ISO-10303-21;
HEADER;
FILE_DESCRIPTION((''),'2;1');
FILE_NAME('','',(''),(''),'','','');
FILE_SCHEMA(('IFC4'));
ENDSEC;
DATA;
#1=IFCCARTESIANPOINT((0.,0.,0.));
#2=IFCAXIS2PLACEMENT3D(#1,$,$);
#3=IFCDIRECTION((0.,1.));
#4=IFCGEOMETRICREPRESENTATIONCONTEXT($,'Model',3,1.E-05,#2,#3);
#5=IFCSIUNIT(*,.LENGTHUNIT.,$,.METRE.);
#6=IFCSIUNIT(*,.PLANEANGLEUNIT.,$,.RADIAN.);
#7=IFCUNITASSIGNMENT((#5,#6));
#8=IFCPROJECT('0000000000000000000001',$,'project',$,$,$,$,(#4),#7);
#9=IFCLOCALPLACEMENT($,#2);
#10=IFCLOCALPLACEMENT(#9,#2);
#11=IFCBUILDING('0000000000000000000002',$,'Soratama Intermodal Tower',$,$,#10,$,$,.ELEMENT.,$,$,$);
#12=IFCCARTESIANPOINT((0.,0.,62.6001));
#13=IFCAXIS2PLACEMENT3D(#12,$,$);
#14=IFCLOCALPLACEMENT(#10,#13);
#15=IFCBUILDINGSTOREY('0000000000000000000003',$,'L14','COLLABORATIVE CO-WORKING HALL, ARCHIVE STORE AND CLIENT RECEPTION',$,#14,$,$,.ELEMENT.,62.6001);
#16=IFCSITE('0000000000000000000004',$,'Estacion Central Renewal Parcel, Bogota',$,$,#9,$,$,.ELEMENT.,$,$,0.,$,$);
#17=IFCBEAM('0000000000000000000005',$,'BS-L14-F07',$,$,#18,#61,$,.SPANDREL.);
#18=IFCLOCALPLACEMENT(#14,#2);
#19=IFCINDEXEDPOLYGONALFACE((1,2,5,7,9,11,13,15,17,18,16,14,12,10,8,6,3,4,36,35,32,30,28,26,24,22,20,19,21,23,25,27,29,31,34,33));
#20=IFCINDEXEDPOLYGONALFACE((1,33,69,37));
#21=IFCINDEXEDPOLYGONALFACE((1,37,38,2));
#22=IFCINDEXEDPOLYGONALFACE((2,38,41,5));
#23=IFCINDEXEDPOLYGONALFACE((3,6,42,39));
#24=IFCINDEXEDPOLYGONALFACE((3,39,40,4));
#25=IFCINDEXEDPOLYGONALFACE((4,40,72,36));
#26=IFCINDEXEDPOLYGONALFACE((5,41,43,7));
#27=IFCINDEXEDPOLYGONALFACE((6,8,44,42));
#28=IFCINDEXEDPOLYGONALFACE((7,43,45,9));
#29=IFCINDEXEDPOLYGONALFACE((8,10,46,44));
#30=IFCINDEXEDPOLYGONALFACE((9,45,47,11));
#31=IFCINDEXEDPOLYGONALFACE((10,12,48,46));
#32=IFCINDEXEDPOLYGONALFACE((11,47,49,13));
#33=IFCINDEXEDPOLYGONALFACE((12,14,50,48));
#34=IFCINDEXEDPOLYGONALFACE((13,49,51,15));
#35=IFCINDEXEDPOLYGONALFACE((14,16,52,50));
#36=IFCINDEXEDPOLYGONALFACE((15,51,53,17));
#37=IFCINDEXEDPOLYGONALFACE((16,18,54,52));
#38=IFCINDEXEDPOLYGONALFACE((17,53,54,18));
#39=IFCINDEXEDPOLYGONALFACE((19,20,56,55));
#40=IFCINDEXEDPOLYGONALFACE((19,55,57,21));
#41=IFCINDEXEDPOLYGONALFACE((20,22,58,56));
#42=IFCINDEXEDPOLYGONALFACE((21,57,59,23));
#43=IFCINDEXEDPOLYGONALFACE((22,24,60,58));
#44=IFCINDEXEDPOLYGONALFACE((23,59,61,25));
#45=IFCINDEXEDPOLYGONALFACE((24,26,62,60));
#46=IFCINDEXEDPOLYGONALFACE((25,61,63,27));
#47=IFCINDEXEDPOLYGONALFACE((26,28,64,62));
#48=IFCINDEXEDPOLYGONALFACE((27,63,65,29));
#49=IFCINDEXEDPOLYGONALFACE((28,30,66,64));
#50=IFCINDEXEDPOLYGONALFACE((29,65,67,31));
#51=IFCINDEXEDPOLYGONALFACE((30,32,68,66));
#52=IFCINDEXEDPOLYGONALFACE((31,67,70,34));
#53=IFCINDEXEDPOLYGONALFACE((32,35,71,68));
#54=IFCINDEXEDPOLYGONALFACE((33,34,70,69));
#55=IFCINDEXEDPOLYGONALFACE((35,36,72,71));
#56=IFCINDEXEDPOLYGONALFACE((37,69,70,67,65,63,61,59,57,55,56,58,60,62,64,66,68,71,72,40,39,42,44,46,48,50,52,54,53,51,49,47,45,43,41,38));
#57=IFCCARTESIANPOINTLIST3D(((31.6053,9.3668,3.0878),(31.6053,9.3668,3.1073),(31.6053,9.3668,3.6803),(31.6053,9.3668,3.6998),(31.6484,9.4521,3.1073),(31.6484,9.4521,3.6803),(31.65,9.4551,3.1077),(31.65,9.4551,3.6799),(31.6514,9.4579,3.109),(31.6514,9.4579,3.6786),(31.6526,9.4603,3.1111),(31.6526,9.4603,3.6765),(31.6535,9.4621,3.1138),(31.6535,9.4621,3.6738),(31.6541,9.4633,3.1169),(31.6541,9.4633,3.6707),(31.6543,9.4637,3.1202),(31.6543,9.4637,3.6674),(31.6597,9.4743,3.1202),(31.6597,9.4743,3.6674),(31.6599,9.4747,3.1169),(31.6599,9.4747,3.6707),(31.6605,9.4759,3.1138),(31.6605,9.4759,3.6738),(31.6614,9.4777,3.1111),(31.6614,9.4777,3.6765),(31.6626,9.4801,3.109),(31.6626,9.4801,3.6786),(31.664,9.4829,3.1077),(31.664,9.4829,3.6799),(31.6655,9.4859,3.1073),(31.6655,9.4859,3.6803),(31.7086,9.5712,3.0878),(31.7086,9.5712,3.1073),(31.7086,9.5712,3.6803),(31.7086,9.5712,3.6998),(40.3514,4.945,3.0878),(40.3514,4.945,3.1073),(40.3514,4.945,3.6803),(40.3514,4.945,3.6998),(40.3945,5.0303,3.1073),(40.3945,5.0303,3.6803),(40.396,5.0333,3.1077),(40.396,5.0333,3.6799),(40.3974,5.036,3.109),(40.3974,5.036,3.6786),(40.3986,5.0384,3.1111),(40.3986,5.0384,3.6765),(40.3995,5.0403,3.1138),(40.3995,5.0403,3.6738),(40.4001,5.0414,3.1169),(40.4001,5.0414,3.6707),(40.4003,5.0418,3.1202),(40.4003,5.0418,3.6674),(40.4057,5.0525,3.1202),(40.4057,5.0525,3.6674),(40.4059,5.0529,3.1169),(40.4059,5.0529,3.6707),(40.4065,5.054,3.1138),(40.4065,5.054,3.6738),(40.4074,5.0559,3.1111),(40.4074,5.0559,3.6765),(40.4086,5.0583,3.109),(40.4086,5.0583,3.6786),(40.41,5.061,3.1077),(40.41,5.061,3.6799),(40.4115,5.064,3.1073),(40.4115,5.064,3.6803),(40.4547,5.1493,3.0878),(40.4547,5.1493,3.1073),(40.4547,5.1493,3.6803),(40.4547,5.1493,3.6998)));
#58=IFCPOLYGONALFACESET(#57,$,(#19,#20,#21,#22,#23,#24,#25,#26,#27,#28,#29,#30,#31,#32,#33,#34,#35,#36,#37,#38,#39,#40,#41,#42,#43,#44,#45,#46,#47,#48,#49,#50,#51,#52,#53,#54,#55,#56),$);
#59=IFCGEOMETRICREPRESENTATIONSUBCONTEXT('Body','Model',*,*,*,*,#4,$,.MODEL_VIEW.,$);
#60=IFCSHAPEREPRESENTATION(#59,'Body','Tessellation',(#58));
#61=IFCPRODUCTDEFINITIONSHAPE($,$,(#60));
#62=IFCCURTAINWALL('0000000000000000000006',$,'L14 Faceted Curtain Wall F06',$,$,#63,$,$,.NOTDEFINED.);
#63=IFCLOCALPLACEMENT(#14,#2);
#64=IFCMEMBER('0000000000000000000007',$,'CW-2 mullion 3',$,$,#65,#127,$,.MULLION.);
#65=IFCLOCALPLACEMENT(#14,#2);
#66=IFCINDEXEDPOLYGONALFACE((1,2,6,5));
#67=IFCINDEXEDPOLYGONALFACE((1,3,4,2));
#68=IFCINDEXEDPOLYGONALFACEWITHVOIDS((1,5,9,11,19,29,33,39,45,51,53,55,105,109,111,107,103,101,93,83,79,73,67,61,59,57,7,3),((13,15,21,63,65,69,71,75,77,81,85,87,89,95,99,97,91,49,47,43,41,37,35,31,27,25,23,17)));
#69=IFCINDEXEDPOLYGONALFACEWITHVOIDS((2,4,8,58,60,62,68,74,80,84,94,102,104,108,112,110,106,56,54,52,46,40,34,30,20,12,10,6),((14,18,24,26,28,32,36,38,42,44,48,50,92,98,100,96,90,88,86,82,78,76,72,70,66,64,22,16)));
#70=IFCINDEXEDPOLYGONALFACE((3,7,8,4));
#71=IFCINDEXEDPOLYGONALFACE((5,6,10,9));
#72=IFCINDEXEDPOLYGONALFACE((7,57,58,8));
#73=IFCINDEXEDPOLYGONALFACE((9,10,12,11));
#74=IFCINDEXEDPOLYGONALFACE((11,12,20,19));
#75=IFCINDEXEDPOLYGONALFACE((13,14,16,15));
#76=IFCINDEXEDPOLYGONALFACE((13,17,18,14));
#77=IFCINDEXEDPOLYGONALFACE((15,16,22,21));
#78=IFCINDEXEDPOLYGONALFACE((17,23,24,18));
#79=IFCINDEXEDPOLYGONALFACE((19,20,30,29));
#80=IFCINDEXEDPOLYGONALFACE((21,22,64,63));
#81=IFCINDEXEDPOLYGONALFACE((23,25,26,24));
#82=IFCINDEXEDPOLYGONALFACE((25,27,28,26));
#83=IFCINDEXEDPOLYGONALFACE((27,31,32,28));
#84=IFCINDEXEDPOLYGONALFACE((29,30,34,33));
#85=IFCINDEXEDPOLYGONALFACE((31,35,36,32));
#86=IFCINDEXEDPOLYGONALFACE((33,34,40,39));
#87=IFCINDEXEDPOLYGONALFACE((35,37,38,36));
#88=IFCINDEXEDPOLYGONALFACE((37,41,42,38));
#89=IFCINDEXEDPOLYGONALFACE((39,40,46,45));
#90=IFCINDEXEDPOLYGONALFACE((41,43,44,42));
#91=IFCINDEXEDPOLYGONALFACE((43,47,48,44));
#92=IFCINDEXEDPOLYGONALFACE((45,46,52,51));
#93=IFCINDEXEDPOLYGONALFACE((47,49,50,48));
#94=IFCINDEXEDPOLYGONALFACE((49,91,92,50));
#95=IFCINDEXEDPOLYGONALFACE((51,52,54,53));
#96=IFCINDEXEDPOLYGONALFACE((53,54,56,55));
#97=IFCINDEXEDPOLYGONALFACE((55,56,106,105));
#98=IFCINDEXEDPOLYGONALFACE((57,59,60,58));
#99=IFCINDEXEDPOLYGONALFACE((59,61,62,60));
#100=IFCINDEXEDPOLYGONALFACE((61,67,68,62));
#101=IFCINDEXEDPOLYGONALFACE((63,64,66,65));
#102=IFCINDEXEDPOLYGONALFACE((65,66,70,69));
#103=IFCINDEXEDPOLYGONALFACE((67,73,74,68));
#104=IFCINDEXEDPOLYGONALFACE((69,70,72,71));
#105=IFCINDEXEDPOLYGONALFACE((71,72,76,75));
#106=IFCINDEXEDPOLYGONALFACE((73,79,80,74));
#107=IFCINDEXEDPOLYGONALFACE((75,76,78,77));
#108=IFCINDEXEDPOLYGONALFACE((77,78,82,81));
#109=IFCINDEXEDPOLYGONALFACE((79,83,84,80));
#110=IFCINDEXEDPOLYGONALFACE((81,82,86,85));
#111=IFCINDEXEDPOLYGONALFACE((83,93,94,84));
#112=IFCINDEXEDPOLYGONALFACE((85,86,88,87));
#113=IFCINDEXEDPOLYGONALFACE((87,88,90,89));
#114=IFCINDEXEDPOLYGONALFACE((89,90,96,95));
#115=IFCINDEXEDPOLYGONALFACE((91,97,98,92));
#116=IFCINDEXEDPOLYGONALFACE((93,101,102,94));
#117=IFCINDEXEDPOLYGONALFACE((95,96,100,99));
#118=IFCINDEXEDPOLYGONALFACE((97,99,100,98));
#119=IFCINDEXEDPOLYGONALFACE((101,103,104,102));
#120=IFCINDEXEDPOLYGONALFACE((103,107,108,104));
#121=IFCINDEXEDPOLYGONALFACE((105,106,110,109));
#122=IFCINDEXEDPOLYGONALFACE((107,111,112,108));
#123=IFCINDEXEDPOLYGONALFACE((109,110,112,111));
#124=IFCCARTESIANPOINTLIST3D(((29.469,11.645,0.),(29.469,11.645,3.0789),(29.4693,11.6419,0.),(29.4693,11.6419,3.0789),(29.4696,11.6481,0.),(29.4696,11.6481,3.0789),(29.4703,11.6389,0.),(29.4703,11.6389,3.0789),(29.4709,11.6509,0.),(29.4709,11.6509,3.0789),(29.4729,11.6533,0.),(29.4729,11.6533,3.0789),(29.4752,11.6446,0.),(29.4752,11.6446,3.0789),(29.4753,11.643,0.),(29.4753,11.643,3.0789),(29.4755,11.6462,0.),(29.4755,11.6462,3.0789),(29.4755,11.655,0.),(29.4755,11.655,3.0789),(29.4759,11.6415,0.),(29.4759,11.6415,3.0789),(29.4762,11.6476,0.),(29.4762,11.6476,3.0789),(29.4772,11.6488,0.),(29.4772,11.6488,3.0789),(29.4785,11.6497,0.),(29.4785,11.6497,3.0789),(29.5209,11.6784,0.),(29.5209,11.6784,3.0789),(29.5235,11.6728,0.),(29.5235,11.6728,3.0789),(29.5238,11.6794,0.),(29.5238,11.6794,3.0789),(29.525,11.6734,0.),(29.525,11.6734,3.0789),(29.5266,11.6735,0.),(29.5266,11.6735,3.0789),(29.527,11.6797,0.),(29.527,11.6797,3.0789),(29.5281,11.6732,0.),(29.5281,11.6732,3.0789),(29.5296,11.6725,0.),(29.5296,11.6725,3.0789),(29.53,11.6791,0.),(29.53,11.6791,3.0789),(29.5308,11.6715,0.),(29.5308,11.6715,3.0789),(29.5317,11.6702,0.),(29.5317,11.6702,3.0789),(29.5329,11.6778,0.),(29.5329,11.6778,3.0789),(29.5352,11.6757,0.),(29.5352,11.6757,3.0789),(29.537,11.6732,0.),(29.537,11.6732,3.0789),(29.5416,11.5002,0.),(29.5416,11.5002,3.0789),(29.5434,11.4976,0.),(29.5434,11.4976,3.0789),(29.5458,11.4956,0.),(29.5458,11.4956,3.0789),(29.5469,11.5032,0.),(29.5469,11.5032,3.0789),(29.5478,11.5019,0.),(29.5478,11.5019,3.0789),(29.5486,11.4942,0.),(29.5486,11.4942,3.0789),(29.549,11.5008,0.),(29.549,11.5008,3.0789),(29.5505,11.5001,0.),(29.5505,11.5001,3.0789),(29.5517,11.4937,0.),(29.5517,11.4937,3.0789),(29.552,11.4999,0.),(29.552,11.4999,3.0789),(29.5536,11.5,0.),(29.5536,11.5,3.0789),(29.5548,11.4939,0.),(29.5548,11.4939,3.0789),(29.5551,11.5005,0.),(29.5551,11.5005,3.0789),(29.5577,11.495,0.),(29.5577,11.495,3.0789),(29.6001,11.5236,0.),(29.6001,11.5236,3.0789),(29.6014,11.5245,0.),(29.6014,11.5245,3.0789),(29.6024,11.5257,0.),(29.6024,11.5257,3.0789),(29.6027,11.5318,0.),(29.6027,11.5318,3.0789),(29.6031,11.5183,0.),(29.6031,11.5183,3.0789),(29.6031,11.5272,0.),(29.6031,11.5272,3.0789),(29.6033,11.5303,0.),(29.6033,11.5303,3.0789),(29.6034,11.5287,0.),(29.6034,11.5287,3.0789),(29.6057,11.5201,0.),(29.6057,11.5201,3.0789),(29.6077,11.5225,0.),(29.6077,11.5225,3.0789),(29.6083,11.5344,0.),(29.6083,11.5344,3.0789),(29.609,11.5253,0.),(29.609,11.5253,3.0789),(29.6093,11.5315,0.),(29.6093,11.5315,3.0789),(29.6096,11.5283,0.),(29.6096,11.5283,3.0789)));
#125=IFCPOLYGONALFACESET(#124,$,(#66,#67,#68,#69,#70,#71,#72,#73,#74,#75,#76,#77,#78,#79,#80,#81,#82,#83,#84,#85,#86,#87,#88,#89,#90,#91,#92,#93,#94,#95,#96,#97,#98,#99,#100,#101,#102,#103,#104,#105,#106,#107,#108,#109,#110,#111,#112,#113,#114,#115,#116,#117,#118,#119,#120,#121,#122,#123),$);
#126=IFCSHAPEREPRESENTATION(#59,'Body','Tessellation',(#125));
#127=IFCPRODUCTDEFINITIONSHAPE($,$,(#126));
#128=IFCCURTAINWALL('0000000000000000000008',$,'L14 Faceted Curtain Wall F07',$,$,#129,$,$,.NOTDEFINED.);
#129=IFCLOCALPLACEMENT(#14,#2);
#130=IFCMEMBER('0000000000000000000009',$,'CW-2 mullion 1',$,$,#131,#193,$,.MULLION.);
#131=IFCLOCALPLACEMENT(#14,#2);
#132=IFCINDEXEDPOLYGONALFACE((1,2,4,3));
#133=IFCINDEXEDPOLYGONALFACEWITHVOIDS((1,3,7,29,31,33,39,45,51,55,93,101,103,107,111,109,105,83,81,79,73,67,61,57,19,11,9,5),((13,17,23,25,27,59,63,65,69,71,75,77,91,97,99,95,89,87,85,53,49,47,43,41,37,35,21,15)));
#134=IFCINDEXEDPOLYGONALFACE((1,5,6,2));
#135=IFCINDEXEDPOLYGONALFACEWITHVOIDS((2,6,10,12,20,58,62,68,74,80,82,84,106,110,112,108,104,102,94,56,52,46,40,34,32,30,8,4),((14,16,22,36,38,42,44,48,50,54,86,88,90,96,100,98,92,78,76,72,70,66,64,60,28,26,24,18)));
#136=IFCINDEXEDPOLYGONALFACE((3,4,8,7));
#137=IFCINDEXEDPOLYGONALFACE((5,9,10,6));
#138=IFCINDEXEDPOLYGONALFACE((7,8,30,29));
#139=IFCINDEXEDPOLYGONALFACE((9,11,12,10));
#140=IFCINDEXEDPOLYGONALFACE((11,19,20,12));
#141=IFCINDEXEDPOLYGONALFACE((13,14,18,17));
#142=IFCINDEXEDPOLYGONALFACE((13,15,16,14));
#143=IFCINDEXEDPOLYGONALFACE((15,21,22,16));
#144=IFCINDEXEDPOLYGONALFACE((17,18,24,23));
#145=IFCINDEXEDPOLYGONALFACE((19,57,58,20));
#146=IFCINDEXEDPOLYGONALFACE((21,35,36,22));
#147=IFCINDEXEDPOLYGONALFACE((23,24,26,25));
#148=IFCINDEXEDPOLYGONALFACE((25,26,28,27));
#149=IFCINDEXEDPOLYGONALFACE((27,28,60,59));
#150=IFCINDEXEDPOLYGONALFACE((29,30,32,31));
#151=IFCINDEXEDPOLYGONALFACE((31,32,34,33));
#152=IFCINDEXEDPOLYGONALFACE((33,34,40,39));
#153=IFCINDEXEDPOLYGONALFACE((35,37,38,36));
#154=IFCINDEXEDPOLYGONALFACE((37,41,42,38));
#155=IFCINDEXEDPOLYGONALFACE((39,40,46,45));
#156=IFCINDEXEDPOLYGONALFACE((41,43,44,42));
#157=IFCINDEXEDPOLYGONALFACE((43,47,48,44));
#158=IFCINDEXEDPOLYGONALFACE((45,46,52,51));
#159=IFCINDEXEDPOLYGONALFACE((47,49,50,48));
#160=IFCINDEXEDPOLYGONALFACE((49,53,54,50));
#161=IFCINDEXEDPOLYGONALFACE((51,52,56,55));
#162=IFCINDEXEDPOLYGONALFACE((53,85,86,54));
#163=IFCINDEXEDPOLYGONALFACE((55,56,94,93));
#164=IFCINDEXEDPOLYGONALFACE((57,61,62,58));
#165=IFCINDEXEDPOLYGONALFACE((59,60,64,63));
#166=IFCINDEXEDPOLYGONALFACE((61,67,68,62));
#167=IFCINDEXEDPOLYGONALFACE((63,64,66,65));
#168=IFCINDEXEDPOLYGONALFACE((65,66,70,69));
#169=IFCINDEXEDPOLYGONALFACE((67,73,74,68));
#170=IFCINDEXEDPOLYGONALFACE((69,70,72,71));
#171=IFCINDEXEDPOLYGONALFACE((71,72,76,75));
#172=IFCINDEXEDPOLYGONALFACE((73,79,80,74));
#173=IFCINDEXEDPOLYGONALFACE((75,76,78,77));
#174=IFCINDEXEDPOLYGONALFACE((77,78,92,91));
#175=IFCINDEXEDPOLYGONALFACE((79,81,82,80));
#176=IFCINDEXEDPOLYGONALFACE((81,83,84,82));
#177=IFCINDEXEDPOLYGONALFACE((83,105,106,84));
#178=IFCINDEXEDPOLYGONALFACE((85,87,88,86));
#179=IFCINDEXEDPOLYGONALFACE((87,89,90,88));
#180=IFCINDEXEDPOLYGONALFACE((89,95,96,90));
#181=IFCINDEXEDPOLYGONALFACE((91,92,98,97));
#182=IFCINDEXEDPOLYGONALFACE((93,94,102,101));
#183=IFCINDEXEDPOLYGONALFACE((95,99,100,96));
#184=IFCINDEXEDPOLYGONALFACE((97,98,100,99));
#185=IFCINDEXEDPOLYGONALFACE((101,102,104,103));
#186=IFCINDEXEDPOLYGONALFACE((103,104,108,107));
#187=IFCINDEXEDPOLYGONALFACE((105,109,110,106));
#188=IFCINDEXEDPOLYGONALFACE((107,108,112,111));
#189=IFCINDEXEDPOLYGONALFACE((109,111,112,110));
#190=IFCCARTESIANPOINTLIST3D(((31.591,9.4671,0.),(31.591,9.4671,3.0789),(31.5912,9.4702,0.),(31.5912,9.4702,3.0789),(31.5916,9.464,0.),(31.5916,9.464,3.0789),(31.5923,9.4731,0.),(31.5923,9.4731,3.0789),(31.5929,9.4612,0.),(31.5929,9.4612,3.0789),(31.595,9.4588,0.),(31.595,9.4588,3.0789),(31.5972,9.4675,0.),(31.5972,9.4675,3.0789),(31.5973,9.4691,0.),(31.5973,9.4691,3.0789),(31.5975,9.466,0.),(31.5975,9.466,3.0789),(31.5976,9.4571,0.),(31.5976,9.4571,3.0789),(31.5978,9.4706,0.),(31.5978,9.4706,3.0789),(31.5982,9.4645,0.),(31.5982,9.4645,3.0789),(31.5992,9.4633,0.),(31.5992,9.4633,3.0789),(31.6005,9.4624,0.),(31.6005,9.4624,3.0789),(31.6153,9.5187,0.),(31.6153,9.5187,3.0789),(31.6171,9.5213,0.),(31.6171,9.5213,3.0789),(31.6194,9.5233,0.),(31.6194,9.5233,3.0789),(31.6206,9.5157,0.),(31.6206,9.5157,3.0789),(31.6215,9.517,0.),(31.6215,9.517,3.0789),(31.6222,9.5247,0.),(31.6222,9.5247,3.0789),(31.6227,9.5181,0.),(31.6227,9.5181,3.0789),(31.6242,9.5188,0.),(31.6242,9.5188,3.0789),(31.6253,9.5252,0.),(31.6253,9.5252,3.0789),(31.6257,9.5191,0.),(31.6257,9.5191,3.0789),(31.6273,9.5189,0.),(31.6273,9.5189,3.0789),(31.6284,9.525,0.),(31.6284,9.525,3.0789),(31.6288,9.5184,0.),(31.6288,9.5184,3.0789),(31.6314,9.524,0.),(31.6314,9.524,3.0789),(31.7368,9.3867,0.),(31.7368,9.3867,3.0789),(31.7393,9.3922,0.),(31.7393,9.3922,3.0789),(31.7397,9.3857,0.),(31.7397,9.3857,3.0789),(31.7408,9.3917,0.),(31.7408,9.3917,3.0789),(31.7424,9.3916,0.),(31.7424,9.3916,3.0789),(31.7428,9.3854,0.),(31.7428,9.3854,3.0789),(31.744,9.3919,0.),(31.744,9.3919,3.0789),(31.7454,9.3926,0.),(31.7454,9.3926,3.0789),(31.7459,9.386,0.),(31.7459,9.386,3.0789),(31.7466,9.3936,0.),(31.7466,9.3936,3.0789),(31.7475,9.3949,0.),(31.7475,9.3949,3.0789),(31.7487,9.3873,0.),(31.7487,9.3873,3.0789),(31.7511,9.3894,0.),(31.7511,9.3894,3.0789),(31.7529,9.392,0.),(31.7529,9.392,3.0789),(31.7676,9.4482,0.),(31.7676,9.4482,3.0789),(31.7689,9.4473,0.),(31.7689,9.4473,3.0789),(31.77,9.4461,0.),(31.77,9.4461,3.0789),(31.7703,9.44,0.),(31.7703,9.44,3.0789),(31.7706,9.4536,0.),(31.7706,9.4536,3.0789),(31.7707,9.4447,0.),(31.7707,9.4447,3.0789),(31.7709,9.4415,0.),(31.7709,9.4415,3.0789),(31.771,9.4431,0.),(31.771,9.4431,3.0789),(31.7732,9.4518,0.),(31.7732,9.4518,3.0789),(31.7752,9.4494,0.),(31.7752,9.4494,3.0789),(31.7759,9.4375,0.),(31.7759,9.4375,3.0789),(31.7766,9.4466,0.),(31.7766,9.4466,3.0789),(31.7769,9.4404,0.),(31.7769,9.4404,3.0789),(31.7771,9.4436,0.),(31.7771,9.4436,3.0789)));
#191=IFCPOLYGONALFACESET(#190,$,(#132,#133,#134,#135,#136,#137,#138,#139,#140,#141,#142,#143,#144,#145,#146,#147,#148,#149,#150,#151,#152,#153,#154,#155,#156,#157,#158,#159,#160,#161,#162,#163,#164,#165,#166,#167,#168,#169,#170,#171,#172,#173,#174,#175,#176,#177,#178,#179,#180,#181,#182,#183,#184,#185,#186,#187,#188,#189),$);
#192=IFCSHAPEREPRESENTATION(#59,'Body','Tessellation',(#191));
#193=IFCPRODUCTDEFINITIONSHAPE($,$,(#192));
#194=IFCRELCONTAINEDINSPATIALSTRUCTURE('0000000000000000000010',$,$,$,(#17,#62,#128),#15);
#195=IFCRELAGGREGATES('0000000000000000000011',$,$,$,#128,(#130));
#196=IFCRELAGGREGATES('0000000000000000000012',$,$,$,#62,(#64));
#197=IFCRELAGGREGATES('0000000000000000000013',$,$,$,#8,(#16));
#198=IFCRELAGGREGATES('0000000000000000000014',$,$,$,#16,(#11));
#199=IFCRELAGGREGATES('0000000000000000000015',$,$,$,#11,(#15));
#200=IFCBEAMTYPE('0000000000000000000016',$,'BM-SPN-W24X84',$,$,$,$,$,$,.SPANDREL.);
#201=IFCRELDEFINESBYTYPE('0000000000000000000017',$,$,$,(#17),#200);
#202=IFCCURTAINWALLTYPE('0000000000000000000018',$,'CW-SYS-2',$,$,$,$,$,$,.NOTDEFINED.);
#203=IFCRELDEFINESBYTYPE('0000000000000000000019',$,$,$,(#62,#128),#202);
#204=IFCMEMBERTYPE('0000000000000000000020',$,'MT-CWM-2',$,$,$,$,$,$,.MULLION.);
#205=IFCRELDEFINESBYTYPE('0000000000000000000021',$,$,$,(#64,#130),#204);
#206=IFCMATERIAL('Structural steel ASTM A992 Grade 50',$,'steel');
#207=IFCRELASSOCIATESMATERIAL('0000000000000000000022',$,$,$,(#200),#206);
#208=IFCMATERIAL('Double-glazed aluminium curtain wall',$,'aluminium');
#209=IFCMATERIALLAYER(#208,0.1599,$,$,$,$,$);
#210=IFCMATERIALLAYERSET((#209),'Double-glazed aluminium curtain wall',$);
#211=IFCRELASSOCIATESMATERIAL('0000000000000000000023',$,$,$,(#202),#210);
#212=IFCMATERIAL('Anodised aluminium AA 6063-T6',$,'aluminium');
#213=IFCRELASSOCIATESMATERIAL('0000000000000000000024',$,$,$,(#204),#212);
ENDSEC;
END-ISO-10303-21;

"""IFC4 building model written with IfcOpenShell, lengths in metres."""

from ifc_helpers import new_model, si_unit, direction, frame, origin, origin_2d, place, context, subcontext, project, spatial, hollow_rectangle, i_section, extrude, material, layer, layer_set, material_profile, profile_set, type_object, element, aggregate, save


model = new_model("IFC4")

# Units and contexts
model_context = context("Model", 3, precision=1e-05, world=origin(), true_north=direction((0.0, 1.0)))
body_context = subcontext(model_context, "Body", "Model", "MODEL_VIEW")
ifc_project = project(units=[si_unit("LENGTHUNIT", "METRE"), si_unit("PLANEANGLEUNIT", "RADIAN")], contexts=[model_context])

# Site, building, storey
site_placement = place(None, origin())
site = spatial("IfcSite", under=ifc_project, at=site_placement, Name="Estacion Central Renewal Parcel, Bogota", CompositionType="ELEMENT", RefElevation=0.0)
building_placement = place(site_placement, origin())
building = spatial("IfcBuilding", under=site, at=building_placement, Name="Soratama Intermodal Tower", CompositionType="ELEMENT")
storey_placement = place(building_placement, frame((0.0, 0.0, 62.6001)))
storey = spatial("IfcBuildingStorey", under=building, at=storey_placement, Name="L14", Description="COLLABORATIVE CO-WORKING HALL, ARCHIVE STORE AND CLIENT RECEPTION", CompositionType="ELEMENT", Elevation=62.6001)

# Beam
ifc_material_1 = material(Name="Structural steel ASTM A992 Grade 50", Category="steel")
ifc_material_profile_1 = material_profile(ifc_material_1, i_section(OverallWidth=0.229, OverallDepth=0.6121, WebThickness=0.012, FlangeThickness=0.0195, FilletRadius=0.0129, at=origin_2d()), Name="W24X84")
ifc_profile_set_1 = profile_set([ifc_material_profile_1], Name="Structural steel ASTM A992 Grade 50")
beam_type_1 = type_object("IfcBeamType", Name="BM-SPN-W24X84", PredefinedType="SPANDREL", material=ifc_profile_set_1)
beam_1_placement = place(storey_placement, frame((31.657, 9.469, 3.3938), z_axis=(0.892425, -0.451195, 0.0), x_axis=(0.451195, 0.892425, 0.0)))
element("IfcBeam", 1, at=beam_1_placement, inside=storey, type_object=beam_type_1, Name="BS-L14-F07", PredefinedType="SPANDREL", context=body_context, shape_type="SweptSolid", body=[
    extrude(i_section(OverallWidth=0.229, OverallDepth=0.6121, WebThickness=0.012, FlangeThickness=0.0195, FilletRadius=0.0129, at=origin_2d()), origin(), (0.0, 0.0, 1.0), 9.8003),
])

# Curtain walls, members
ifc_material_2 = material(Name="Double-glazed aluminium curtain wall", Category="aluminium")
ifc_layer_1 = layer(ifc_material_2, 0.1599)
ifc_layer_set_1 = layer_set([ifc_layer_1], Name="Double-glazed aluminium curtain wall")
curtain_wall_type = type_object("IfcCurtainWallType", Name="CW-SYS-2", PredefinedType="NOTDEFINED", material=ifc_layer_set_1)
curtain_wall_1_placement = place(storey_placement, origin())
curtain_wall_1 = element("IfcCurtainWall", 2, at=curtain_wall_1_placement, inside=storey, type_object=curtain_wall_type, Name="L14 Faceted Curtain Wall F06", PredefinedType="NOTDEFINED")
ifc_material_3 = material(Name="Anodised aluminium AA 6063-T6", Category="aluminium")
ifc_material_profile_2 = material_profile(ifc_material_3, hollow_rectangle(XDim=0.075, YDim=0.1799, WallThickness=0.0061, InnerFilletRadius=0.0061, OuterFilletRadius=0.012, at=origin_2d()), Name="CWM180X75X6")
ifc_profile_set_2 = profile_set([ifc_material_profile_2], Name="Anodised aluminium AA 6063-T6")
member_type_1 = type_object("IfcMemberType", Name="MT-CWM-2", PredefinedType="MULLION", material=ifc_profile_set_2)
member_1_placement = place(storey_placement, frame((29.5393, 11.5867, 0.0), z_axis=(0.0, 0.0, 1.0), x_axis=(0.889576, 0.456788, 0.0)))
member_1 = element("IfcMember", 3, at=member_1_placement, type_object=member_type_1, Name="CW-2 mullion 3", PredefinedType="MULLION", context=body_context, shape_type="SweptSolid", body=[
    extrude(hollow_rectangle(XDim=0.075, YDim=0.1799, WallThickness=0.0061, InnerFilletRadius=0.0061, OuterFilletRadius=0.012, at=origin_2d()), origin(), (0.0, 0.0, 1.0), 3.0789),
])
curtain_wall_2_placement = place(storey_placement, origin())
curtain_wall_2 = element("IfcCurtainWall", 4, at=curtain_wall_2_placement, inside=storey, type_object=curtain_wall_type, Name="L14 Faceted Curtain Wall F07", PredefinedType="NOTDEFINED")
member_2_placement = place(storey_placement, frame((31.6841, 9.4553, 0.0), z_axis=(0.0, 0.0, 1.0), x_axis=(0.451185, 0.892431, 0.0)))
member_2 = element("IfcMember", 5, at=member_2_placement, type_object=member_type_1, Name="CW-2 mullion 1", PredefinedType="MULLION", context=body_context, shape_type="SweptSolid", body=[
    extrude(hollow_rectangle(XDim=0.075, YDim=0.1799, WallThickness=0.0061, InnerFilletRadius=0.0061, OuterFilletRadius=0.012, at=origin_2d()), origin(), (0.0, 0.0, 1.0), 3.0789),
])

aggregate(curtain_wall_2, [member_2])

aggregate(curtain_wall_1, [member_1])

save(model, "model.ifc")
